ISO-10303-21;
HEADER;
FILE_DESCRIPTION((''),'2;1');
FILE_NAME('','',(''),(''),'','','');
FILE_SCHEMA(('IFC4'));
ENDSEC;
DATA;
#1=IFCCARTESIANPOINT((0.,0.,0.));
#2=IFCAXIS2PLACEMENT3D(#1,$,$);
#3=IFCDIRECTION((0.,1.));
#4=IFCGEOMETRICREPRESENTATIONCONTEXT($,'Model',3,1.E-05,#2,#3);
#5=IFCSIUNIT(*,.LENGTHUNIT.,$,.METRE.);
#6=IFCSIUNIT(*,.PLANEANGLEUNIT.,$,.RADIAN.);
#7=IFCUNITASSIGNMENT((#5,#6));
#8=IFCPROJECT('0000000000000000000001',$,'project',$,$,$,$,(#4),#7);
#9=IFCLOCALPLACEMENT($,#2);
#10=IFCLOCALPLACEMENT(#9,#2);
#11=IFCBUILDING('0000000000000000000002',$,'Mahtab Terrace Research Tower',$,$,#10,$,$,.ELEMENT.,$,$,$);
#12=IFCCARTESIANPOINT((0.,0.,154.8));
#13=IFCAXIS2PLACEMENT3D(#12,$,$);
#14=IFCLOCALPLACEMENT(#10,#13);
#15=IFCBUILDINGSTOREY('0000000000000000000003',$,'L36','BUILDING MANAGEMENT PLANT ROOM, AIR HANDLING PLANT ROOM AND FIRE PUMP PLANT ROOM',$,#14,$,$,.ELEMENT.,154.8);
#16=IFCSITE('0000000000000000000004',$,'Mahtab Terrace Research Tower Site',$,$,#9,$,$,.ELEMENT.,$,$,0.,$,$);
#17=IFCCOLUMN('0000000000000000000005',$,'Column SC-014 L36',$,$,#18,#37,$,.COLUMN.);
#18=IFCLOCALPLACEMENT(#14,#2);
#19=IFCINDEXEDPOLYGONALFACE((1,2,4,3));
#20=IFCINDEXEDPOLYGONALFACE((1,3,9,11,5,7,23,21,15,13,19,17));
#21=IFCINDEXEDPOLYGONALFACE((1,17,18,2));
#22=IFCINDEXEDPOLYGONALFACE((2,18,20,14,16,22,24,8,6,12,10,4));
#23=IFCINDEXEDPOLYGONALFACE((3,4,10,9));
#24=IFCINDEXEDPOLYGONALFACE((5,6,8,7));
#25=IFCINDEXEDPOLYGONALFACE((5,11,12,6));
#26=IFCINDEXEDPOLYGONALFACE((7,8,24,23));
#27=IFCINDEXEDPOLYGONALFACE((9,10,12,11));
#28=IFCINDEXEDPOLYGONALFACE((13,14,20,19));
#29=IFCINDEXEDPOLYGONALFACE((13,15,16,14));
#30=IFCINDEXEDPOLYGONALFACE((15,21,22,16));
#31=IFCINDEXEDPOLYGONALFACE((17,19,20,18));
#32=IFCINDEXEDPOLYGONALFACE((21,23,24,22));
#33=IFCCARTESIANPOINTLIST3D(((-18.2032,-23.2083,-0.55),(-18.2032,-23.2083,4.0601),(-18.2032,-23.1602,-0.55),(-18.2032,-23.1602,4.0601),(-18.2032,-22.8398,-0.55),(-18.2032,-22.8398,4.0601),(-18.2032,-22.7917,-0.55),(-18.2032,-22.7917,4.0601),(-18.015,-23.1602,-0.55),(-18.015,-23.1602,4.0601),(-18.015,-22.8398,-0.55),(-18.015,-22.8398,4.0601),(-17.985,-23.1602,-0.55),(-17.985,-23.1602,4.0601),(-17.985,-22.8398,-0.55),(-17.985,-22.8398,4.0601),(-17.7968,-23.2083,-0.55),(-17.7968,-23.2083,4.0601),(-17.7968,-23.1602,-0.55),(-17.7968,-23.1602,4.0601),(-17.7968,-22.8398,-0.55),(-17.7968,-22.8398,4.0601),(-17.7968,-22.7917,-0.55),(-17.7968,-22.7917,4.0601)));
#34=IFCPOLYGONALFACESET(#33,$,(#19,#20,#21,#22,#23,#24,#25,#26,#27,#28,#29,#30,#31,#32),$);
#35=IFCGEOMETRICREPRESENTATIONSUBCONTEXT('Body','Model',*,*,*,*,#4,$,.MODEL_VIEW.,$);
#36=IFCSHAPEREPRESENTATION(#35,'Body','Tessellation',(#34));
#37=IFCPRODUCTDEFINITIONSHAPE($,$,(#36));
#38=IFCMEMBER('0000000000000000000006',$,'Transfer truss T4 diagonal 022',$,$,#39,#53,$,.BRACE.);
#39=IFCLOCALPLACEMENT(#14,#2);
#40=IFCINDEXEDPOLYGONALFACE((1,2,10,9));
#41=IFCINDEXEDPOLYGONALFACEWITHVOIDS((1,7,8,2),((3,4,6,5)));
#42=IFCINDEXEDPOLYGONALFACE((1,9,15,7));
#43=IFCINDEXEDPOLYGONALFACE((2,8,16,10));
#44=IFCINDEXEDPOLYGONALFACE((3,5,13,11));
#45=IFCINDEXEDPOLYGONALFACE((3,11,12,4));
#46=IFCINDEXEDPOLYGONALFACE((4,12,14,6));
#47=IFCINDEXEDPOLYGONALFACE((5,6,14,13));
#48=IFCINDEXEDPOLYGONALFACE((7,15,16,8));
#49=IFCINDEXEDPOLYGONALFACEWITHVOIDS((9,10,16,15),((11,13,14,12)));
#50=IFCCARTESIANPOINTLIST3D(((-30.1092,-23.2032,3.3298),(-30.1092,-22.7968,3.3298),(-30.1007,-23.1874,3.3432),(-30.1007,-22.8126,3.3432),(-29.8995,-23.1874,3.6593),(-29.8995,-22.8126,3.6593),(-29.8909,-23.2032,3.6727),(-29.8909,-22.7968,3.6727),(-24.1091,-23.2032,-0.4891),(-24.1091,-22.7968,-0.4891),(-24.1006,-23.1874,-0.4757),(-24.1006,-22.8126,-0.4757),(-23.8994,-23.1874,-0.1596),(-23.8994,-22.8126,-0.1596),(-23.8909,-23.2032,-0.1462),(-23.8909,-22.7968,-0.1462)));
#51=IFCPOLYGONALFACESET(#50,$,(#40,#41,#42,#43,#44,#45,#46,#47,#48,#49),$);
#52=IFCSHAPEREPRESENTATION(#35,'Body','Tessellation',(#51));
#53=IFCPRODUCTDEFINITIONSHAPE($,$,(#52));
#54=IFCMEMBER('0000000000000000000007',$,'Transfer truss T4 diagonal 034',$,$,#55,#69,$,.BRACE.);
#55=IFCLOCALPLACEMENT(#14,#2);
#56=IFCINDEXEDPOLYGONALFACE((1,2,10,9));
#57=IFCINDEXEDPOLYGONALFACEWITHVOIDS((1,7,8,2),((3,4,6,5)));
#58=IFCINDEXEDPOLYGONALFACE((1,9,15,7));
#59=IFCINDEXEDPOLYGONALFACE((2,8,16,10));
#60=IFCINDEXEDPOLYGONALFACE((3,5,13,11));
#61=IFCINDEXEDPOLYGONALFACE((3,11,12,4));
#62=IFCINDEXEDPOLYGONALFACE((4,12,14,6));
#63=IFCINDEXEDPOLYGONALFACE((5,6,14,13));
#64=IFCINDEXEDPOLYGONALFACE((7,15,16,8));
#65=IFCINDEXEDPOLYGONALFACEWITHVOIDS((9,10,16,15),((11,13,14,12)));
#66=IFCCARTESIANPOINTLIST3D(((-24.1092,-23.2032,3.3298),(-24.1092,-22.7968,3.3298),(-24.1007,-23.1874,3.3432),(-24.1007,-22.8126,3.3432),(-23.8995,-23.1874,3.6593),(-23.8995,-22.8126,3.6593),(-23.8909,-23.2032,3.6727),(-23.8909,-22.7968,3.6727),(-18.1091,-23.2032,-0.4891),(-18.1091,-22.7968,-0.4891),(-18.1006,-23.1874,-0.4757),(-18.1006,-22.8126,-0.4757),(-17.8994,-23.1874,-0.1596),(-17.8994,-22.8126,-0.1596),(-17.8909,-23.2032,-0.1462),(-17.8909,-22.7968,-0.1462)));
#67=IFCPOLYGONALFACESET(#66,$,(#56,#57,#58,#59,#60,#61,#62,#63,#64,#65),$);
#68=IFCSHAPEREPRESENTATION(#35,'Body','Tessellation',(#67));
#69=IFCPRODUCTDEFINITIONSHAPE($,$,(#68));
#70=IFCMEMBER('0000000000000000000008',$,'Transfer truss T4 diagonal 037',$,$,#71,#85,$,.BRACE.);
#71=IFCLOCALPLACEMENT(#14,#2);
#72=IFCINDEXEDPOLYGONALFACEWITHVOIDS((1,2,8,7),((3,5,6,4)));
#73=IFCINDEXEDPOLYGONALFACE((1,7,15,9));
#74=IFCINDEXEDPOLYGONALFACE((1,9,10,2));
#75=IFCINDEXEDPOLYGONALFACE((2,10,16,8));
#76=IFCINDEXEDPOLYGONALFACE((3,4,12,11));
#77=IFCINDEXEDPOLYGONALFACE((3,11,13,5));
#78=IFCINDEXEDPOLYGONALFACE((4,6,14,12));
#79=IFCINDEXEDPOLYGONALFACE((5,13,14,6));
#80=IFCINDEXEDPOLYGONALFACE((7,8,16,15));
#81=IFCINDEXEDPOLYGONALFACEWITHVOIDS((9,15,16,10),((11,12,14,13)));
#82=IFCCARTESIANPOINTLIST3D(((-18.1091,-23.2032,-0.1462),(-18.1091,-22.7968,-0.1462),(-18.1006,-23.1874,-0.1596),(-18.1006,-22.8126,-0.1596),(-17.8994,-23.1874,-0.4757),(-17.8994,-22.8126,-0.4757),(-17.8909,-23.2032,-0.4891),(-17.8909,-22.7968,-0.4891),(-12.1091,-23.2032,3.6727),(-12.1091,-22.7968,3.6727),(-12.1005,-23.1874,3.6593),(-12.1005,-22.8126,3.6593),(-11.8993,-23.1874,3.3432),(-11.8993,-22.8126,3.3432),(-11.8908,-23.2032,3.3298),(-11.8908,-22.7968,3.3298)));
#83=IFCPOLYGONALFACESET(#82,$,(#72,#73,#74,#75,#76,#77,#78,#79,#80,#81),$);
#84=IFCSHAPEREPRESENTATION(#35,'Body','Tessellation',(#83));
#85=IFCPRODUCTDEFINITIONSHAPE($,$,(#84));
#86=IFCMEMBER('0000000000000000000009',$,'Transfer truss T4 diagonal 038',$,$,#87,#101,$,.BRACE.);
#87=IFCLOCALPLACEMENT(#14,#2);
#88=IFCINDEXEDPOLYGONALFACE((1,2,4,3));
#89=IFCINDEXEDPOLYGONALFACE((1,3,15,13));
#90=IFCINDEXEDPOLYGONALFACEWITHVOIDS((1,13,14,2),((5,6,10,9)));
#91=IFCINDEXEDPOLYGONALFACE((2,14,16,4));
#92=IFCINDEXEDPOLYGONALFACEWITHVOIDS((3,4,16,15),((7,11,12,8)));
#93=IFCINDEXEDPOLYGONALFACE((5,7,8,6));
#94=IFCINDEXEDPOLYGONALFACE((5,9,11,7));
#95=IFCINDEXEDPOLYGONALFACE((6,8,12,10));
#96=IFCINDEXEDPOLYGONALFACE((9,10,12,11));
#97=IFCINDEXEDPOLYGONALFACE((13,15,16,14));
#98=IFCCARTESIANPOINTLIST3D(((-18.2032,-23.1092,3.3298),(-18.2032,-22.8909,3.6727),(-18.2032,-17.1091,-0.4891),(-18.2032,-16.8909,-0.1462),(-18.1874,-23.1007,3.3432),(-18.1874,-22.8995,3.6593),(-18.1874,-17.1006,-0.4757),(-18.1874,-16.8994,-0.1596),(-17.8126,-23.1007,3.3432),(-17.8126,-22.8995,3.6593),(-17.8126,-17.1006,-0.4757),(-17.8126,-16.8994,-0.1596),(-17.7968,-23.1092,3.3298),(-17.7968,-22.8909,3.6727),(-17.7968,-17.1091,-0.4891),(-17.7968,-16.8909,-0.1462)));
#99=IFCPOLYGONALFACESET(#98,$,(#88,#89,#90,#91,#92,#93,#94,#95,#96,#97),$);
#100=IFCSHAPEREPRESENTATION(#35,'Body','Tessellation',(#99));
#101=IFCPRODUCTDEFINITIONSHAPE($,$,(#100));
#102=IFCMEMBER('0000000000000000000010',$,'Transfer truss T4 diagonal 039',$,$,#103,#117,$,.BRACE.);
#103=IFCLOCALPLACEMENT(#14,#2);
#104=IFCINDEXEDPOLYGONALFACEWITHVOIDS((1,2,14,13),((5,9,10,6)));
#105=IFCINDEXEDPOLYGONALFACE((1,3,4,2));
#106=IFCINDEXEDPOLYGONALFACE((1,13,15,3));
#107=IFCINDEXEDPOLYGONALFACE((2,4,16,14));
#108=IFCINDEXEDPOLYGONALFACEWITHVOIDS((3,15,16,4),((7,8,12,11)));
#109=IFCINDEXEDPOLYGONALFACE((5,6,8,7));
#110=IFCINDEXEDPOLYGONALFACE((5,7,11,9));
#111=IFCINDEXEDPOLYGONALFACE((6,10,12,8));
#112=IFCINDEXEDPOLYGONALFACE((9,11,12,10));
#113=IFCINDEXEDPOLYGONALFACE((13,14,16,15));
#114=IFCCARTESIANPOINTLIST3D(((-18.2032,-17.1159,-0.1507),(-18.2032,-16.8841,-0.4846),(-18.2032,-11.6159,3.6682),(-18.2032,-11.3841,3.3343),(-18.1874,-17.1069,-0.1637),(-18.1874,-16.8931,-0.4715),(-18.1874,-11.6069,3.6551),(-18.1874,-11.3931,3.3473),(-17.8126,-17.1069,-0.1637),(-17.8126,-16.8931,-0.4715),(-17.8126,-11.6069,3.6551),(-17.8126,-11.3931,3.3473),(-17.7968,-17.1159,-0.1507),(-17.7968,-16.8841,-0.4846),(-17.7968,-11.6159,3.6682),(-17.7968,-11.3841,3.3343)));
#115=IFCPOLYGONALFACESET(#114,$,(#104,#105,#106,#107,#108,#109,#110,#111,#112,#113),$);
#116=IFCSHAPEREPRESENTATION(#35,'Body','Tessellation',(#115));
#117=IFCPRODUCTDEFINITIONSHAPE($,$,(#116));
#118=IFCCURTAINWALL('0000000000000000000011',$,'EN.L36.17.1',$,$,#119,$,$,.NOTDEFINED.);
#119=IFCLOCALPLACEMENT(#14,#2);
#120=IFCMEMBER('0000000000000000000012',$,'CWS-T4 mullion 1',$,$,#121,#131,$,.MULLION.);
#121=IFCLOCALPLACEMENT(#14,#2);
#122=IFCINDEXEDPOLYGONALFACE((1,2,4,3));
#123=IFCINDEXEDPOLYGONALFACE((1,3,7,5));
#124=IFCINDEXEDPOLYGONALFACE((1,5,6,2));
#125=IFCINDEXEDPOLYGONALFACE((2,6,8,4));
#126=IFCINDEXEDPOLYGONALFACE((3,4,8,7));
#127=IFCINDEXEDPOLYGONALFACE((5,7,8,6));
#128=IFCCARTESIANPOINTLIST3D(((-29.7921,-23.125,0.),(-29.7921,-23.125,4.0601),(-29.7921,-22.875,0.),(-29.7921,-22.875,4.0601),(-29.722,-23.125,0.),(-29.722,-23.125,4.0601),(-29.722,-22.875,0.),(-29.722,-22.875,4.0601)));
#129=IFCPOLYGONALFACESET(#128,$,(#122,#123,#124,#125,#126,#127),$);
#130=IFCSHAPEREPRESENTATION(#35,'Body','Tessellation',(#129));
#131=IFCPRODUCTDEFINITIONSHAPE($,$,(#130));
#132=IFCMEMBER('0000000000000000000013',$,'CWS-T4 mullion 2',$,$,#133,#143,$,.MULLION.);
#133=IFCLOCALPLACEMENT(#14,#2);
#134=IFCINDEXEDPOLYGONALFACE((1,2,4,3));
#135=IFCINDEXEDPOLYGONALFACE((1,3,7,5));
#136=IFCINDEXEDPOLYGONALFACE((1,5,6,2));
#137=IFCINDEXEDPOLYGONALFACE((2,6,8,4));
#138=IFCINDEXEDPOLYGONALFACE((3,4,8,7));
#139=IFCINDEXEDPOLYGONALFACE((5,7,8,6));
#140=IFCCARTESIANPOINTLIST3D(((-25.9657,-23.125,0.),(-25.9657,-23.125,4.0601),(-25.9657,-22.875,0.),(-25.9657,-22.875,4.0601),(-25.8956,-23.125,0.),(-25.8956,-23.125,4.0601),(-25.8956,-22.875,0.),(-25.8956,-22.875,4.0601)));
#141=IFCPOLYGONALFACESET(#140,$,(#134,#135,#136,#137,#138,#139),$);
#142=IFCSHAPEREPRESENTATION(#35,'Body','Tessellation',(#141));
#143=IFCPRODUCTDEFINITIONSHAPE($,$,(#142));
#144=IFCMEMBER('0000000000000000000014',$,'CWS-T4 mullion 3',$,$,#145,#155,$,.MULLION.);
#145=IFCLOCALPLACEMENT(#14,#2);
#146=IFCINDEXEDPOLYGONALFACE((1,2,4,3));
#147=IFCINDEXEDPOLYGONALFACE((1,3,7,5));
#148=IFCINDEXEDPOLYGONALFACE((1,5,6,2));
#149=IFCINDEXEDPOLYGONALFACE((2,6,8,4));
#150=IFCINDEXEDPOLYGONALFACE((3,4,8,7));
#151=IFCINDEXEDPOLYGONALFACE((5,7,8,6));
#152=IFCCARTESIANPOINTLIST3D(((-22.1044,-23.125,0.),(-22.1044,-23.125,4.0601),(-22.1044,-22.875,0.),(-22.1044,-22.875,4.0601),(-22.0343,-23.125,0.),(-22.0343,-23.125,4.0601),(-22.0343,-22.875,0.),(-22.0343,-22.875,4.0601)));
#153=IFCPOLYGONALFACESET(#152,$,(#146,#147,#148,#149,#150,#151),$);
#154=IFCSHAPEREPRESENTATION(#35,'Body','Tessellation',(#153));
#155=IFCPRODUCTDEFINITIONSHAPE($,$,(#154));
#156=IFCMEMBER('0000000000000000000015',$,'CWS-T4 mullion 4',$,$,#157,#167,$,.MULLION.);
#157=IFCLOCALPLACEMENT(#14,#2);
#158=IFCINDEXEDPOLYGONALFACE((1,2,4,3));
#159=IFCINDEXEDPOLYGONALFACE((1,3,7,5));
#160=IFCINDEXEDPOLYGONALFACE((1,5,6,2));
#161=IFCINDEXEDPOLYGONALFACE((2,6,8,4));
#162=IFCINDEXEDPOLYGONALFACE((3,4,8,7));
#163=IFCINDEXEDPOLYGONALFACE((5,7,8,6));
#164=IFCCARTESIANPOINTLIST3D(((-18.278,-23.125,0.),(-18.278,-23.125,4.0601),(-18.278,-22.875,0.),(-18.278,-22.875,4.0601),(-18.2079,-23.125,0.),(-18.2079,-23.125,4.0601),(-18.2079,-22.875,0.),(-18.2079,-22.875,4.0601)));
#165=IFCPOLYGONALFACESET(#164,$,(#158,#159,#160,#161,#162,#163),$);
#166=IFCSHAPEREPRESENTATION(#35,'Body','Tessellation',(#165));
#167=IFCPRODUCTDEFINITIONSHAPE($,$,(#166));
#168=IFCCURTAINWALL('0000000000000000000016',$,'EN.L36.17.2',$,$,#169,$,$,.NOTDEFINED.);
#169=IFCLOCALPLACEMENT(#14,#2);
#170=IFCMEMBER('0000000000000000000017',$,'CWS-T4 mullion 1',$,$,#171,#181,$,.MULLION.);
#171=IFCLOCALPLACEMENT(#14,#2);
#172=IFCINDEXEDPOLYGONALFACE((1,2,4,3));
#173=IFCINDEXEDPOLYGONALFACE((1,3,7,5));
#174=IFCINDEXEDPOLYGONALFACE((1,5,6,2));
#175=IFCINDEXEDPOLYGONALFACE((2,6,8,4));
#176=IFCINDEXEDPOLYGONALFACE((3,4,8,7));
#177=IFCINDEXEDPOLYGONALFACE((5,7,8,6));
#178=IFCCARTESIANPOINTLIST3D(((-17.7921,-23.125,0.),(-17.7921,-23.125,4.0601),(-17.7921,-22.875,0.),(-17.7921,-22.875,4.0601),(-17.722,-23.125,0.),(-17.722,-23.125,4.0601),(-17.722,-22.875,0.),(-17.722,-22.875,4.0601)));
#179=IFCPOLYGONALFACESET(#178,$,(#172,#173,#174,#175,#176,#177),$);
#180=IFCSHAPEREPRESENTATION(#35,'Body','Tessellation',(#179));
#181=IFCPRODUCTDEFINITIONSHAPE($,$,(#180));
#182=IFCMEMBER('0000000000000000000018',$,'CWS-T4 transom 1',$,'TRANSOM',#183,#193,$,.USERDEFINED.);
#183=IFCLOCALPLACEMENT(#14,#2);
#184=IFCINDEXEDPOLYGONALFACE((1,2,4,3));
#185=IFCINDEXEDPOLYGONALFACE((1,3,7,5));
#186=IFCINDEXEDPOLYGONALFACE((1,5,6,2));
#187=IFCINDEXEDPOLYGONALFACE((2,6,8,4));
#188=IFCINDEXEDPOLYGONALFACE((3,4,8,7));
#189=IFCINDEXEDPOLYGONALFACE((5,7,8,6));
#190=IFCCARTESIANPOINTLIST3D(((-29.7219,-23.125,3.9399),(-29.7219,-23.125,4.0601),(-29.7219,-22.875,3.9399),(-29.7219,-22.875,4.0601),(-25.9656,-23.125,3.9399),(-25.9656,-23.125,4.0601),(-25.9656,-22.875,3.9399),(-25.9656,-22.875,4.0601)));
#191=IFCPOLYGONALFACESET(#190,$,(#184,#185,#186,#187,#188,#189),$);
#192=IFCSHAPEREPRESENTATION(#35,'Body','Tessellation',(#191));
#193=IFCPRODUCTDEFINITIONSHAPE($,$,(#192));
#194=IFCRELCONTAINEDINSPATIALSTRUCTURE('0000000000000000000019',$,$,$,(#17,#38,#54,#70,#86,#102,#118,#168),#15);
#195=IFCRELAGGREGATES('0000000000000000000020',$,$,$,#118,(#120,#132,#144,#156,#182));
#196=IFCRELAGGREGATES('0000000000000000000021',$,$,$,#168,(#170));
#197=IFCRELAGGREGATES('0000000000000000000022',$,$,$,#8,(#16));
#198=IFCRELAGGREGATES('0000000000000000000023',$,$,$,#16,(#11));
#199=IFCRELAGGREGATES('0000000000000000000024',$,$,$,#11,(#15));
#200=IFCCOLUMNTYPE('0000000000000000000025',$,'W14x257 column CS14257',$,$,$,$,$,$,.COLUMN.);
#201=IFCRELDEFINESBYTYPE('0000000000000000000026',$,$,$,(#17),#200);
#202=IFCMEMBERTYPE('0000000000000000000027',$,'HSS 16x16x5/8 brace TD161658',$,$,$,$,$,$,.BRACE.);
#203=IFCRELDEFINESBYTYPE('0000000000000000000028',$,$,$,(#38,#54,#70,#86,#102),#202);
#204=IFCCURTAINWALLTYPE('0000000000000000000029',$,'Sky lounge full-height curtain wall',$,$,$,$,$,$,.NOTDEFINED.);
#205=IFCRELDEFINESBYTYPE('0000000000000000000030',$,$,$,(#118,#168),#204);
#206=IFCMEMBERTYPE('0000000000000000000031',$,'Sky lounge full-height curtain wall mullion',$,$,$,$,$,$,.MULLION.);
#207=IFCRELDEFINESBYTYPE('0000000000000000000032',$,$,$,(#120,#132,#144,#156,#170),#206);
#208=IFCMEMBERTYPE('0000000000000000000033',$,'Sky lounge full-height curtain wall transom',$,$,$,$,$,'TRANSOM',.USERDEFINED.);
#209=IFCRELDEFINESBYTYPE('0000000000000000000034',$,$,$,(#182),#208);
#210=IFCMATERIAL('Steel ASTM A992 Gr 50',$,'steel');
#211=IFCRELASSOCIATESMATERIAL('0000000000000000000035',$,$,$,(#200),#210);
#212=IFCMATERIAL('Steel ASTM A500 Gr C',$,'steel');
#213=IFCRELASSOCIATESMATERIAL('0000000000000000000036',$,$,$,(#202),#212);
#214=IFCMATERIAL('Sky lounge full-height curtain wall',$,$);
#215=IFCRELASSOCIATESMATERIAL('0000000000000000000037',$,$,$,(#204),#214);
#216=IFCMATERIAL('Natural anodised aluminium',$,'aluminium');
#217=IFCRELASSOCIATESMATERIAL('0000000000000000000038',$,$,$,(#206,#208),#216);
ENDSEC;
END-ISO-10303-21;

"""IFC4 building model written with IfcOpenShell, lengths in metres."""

from ifc_helpers import new_model, si_unit, direction, frame, origin, origin_2d, place, context, subcontext, project, spatial, rectangle, hollow_rectangle, i_section, extrude, material, material_profile, profile_set, type_object, element, aggregate, save


model = new_model("IFC4")

# Units and contexts
model_context = context("Model", 3, precision=1e-05, world=origin(), true_north=direction((0.0, 1.0)))
body_context = subcontext(model_context, "Body", "Model", "MODEL_VIEW")
ifc_project = project(units=[si_unit("LENGTHUNIT", "METRE"), si_unit("PLANEANGLEUNIT", "RADIAN")], contexts=[model_context])

# Site, building, storey
site_placement = place(None, origin())
site = spatial("IfcSite", under=ifc_project, at=site_placement, Name="Mahtab Terrace Research Tower Site", CompositionType="ELEMENT", RefElevation=0.0)
building_placement = place(site_placement, origin())
building = spatial("IfcBuilding", under=site, at=building_placement, Name="Mahtab Terrace Research Tower", CompositionType="ELEMENT")
storey_placement = place(building_placement, frame((0.0, 0.0, 154.8)))
storey = spatial("IfcBuildingStorey", under=building, at=storey_placement, Name="L36", Description="BUILDING MANAGEMENT PLANT ROOM, AIR HANDLING PLANT ROOM AND FIRE PUMP PLANT ROOM", CompositionType="ELEMENT", Elevation=154.8)

# Column
ifc_material_1 = material(Name="Steel ASTM A992 Gr 50", Category="steel")
ifc_material_profile_1 = material_profile(ifc_material_1, i_section(OverallWidth=0.4065, OverallDepth=0.4165, WebThickness=0.03, FlangeThickness=0.0481, at=origin_2d()), Name="W14X257")
ifc_profile_set_1 = profile_set([ifc_material_profile_1], Name="Steel ASTM A992 Gr 50")
column_type = type_object("IfcColumnType", Name="W14x257 column CS14257", PredefinedType="COLUMN", material=ifc_profile_set_1)
column_placement = place(storey_placement, frame((-18.0, -23.0, -0.55), z_axis=(0.0, 0.0, 1.0), x_axis=(1.0, 0.0, 0.0)))
element("IfcColumn", 1, at=column_placement, inside=storey, type_object=column_type, Name="Column SC-014 L36", PredefinedType="COLUMN", context=body_context, shape_type="SweptSolid", body=[
    extrude(i_section(OverallWidth=0.4065, OverallDepth=0.4165, WebThickness=0.03, FlangeThickness=0.0481, at=origin_2d()), origin(), (0.0, 0.0, 1.0), 4.6101),
])

# Members
ifc_material_2 = material(Name="Steel ASTM A500 Gr C", Category="steel")
ifc_material_profile_2 = material_profile(ifc_material_2, hollow_rectangle(XDim=0.4065, YDim=0.4065, WallThickness=0.0159, at=origin_2d()), Name="HSS16X16X5/8")
ifc_profile_set_2 = profile_set([ifc_material_profile_2], Name="Steel ASTM A500 Gr C")
member_type_1 = type_object("IfcMemberType", Name="HSS 16x16x5/8 brace TD161658", PredefinedType="BRACE", material=ifc_profile_set_2)
for number, where, z_axis, x_axis, name in (
    (2, (-24.0, -23.0, -0.3176), (-0.843619, 0.0, 0.536942), (0.0, -1.0, 0.0), "Transfer truss T4 diagonal 022"),
    (3, (-18.0, -23.0, -0.3176), (-0.843619, 0.0, 0.536942), (0.0, -1.0, 0.0), "Transfer truss T4 diagonal 034"),
    (4, (-18.0, -23.0, -0.3176), (0.843619, 0.0, 0.536942), (0.0, 1.0, 0.0), "Transfer truss T4 diagonal 037"),
    (5, (-18.0, -17.0, -0.3176), (0.0, -0.843619, 0.536942), (1.0, 0.0, 0.0), "Transfer truss T4 diagonal 038"),
):
    element("IfcMember", number, at=place(storey_placement, frame(where, z_axis=z_axis, x_axis=x_axis)), inside=storey, type_object=member_type_1, Name=name, PredefinedType="BRACE", context=body_context, shape_type="SweptSolid", body=[
        extrude(hollow_rectangle(XDim=0.4065, YDim=0.4065, WallThickness=0.0159, at=origin_2d()), origin(), (0.0, 0.0, 1.0), 7.1123),
    ])
member_1_placement = place(storey_placement, frame((-18.0, -17.0, -0.3176), z_axis=(0.0, 0.821412, 0.570336), x_axis=(-1.0, 0.0, 0.0)))
element("IfcMember", 6, at=member_1_placement, inside=storey, type_object=member_type_1, Name="Transfer truss T4 diagonal 039", PredefinedType="BRACE", context=body_context, shape_type="SweptSolid", body=[
    extrude(hollow_rectangle(XDim=0.4065, YDim=0.4065, WallThickness=0.0159, at=origin_2d()), origin(), (0.0, 0.0, 1.0), 6.6958),
])

# Curtain wall, members
ifc_material_3 = material(Name="Sky lounge full-height curtain wall")
curtain_wall_type = type_object("IfcCurtainWallType", Name="Sky lounge full-height curtain wall", PredefinedType="NOTDEFINED", material=ifc_material_3)
curtain_wall_1_placement = place(storey_placement, origin())
curtain_wall_1 = element("IfcCurtainWall", 7, at=curtain_wall_1_placement, inside=storey, type_object=curtain_wall_type, Name="EN.L36.17.1", PredefinedType="NOTDEFINED")
ifc_material_4 = material(Name="Natural anodised aluminium", Category="aluminium")
ifc_material_profile_3 = material_profile(ifc_material_4, rectangle(XDim=0.25, YDim=0.0701, at=origin_2d()), Name="MULLION 70x250")
ifc_profile_set_3 = profile_set([ifc_material_profile_3], Name="Natural anodised aluminium")
member_type_2 = type_object("IfcMemberType", Name="Sky lounge full-height curtain wall mullion", PredefinedType="MULLION", material=ifc_profile_set_3)
member_2_placement = place(storey_placement, frame((-29.7571, -23.0, 0.0), z_axis=(0.0, 0.0, 1.0), x_axis=(0.0, 1.0, 0.0)))
member_2 = element("IfcMember", 8, at=member_2_placement, type_object=member_type_2, Name="CWS-T4 mullion 1", PredefinedType="MULLION", context=body_context, shape_type="SweptSolid", body=[
    extrude(rectangle(XDim=0.25, YDim=0.0701, at=origin_2d()), origin(), (0.0, 0.0, 1.0), 4.0601),
])
member_3_placement = place(storey_placement, frame((-25.9307, -23.0, 0.0), z_axis=(0.0, 0.0, 1.0), x_axis=(0.0, 1.0, 0.0)))
member_3 = element("IfcMember", 9, at=member_3_placement, type_object=member_type_2, Name="CWS-T4 mullion 2", PredefinedType="MULLION", context=body_context, shape_type="SweptSolid", body=[
    extrude(rectangle(XDim=0.25, YDim=0.0701, at=origin_2d()), origin(), (0.0, 0.0, 1.0), 4.0601),
])
member_4_placement = place(storey_placement, frame((-22.0693, -23.0, 0.0), z_axis=(0.0, 0.0, 1.0), x_axis=(0.0, 1.0, 0.0)))
member_4 = element("IfcMember", 10, at=member_4_placement, type_object=member_type_2, Name="CWS-T4 mullion 3", PredefinedType="MULLION", context=body_context, shape_type="SweptSolid", body=[
    extrude(rectangle(XDim=0.25, YDim=0.0701, at=origin_2d()), origin(), (0.0, 0.0, 1.0), 4.0601),
])
member_5_placement = place(storey_placement, frame((-18.2429, -23.0, 0.0), z_axis=(0.0, 0.0, 1.0), x_axis=(0.0, 1.0, 0.0)))
member_5 = element("IfcMember", 11, at=member_5_placement, type_object=member_type_2, Name="CWS-T4 mullion 4", PredefinedType="MULLION", context=body_context, shape_type="SweptSolid", body=[
    extrude(rectangle(XDim=0.25, YDim=0.0701, at=origin_2d()), origin(), (0.0, 0.0, 1.0), 4.0601),
])

# Curtain wall, member
curtain_wall_2_placement = place(storey_placement, origin())
curtain_wall_2 = element("IfcCurtainWall", 12, at=curtain_wall_2_placement, inside=storey, type_object=curtain_wall_type, Name="EN.L36.17.2", PredefinedType="NOTDEFINED")
member_6_placement = place(storey_placement, frame((-17.7571, -23.0, 0.0), z_axis=(0.0, 0.0, 1.0), x_axis=(0.0, 1.0, 0.0)))
member_6 = element("IfcMember", 13, at=member_6_placement, type_object=member_type_2, Name="CWS-T4 mullion 1", PredefinedType="MULLION", context=body_context, shape_type="SweptSolid", body=[
    extrude(rectangle(XDim=0.25, YDim=0.0701, at=origin_2d()), origin(), (0.0, 0.0, 1.0), 4.0601),
])

# Member
ifc_material_profile_4 = material_profile(ifc_material_4, rectangle(XDim=0.25, YDim=0.1201, at=origin_2d()), Name="TRANSOM 120x250")
ifc_profile_set_4 = profile_set([ifc_material_profile_4], Name="Natural anodised aluminium")
member_type_3 = type_object("IfcMemberType", Name="Sky lounge full-height curtain wall transom", ElementType="TRANSOM", PredefinedType="USERDEFINED", material=ifc_profile_set_4)
member_7_placement = place(storey_placement, frame((-29.7219, -23.0, 4.0), z_axis=(1.0, 0.0, 0.0), x_axis=(0.0, 1.0, 0.0)))
member_7 = element("IfcMember", 14, at=member_7_placement, type_object=member_type_3, Name="CWS-T4 transom 1", ObjectType="TRANSOM", PredefinedType="USERDEFINED", context=body_context, shape_type="SweptSolid", body=[
    extrude(rectangle(XDim=0.25, YDim=0.1201, at=origin_2d()), origin(), (0.0, 0.0, 1.0), 3.7563),
])

aggregate(curtain_wall_1, [member_2, member_3, member_4, member_5, member_7])
aggregate(curtain_wall_2, [member_6])

save(model, "model.ifc")
